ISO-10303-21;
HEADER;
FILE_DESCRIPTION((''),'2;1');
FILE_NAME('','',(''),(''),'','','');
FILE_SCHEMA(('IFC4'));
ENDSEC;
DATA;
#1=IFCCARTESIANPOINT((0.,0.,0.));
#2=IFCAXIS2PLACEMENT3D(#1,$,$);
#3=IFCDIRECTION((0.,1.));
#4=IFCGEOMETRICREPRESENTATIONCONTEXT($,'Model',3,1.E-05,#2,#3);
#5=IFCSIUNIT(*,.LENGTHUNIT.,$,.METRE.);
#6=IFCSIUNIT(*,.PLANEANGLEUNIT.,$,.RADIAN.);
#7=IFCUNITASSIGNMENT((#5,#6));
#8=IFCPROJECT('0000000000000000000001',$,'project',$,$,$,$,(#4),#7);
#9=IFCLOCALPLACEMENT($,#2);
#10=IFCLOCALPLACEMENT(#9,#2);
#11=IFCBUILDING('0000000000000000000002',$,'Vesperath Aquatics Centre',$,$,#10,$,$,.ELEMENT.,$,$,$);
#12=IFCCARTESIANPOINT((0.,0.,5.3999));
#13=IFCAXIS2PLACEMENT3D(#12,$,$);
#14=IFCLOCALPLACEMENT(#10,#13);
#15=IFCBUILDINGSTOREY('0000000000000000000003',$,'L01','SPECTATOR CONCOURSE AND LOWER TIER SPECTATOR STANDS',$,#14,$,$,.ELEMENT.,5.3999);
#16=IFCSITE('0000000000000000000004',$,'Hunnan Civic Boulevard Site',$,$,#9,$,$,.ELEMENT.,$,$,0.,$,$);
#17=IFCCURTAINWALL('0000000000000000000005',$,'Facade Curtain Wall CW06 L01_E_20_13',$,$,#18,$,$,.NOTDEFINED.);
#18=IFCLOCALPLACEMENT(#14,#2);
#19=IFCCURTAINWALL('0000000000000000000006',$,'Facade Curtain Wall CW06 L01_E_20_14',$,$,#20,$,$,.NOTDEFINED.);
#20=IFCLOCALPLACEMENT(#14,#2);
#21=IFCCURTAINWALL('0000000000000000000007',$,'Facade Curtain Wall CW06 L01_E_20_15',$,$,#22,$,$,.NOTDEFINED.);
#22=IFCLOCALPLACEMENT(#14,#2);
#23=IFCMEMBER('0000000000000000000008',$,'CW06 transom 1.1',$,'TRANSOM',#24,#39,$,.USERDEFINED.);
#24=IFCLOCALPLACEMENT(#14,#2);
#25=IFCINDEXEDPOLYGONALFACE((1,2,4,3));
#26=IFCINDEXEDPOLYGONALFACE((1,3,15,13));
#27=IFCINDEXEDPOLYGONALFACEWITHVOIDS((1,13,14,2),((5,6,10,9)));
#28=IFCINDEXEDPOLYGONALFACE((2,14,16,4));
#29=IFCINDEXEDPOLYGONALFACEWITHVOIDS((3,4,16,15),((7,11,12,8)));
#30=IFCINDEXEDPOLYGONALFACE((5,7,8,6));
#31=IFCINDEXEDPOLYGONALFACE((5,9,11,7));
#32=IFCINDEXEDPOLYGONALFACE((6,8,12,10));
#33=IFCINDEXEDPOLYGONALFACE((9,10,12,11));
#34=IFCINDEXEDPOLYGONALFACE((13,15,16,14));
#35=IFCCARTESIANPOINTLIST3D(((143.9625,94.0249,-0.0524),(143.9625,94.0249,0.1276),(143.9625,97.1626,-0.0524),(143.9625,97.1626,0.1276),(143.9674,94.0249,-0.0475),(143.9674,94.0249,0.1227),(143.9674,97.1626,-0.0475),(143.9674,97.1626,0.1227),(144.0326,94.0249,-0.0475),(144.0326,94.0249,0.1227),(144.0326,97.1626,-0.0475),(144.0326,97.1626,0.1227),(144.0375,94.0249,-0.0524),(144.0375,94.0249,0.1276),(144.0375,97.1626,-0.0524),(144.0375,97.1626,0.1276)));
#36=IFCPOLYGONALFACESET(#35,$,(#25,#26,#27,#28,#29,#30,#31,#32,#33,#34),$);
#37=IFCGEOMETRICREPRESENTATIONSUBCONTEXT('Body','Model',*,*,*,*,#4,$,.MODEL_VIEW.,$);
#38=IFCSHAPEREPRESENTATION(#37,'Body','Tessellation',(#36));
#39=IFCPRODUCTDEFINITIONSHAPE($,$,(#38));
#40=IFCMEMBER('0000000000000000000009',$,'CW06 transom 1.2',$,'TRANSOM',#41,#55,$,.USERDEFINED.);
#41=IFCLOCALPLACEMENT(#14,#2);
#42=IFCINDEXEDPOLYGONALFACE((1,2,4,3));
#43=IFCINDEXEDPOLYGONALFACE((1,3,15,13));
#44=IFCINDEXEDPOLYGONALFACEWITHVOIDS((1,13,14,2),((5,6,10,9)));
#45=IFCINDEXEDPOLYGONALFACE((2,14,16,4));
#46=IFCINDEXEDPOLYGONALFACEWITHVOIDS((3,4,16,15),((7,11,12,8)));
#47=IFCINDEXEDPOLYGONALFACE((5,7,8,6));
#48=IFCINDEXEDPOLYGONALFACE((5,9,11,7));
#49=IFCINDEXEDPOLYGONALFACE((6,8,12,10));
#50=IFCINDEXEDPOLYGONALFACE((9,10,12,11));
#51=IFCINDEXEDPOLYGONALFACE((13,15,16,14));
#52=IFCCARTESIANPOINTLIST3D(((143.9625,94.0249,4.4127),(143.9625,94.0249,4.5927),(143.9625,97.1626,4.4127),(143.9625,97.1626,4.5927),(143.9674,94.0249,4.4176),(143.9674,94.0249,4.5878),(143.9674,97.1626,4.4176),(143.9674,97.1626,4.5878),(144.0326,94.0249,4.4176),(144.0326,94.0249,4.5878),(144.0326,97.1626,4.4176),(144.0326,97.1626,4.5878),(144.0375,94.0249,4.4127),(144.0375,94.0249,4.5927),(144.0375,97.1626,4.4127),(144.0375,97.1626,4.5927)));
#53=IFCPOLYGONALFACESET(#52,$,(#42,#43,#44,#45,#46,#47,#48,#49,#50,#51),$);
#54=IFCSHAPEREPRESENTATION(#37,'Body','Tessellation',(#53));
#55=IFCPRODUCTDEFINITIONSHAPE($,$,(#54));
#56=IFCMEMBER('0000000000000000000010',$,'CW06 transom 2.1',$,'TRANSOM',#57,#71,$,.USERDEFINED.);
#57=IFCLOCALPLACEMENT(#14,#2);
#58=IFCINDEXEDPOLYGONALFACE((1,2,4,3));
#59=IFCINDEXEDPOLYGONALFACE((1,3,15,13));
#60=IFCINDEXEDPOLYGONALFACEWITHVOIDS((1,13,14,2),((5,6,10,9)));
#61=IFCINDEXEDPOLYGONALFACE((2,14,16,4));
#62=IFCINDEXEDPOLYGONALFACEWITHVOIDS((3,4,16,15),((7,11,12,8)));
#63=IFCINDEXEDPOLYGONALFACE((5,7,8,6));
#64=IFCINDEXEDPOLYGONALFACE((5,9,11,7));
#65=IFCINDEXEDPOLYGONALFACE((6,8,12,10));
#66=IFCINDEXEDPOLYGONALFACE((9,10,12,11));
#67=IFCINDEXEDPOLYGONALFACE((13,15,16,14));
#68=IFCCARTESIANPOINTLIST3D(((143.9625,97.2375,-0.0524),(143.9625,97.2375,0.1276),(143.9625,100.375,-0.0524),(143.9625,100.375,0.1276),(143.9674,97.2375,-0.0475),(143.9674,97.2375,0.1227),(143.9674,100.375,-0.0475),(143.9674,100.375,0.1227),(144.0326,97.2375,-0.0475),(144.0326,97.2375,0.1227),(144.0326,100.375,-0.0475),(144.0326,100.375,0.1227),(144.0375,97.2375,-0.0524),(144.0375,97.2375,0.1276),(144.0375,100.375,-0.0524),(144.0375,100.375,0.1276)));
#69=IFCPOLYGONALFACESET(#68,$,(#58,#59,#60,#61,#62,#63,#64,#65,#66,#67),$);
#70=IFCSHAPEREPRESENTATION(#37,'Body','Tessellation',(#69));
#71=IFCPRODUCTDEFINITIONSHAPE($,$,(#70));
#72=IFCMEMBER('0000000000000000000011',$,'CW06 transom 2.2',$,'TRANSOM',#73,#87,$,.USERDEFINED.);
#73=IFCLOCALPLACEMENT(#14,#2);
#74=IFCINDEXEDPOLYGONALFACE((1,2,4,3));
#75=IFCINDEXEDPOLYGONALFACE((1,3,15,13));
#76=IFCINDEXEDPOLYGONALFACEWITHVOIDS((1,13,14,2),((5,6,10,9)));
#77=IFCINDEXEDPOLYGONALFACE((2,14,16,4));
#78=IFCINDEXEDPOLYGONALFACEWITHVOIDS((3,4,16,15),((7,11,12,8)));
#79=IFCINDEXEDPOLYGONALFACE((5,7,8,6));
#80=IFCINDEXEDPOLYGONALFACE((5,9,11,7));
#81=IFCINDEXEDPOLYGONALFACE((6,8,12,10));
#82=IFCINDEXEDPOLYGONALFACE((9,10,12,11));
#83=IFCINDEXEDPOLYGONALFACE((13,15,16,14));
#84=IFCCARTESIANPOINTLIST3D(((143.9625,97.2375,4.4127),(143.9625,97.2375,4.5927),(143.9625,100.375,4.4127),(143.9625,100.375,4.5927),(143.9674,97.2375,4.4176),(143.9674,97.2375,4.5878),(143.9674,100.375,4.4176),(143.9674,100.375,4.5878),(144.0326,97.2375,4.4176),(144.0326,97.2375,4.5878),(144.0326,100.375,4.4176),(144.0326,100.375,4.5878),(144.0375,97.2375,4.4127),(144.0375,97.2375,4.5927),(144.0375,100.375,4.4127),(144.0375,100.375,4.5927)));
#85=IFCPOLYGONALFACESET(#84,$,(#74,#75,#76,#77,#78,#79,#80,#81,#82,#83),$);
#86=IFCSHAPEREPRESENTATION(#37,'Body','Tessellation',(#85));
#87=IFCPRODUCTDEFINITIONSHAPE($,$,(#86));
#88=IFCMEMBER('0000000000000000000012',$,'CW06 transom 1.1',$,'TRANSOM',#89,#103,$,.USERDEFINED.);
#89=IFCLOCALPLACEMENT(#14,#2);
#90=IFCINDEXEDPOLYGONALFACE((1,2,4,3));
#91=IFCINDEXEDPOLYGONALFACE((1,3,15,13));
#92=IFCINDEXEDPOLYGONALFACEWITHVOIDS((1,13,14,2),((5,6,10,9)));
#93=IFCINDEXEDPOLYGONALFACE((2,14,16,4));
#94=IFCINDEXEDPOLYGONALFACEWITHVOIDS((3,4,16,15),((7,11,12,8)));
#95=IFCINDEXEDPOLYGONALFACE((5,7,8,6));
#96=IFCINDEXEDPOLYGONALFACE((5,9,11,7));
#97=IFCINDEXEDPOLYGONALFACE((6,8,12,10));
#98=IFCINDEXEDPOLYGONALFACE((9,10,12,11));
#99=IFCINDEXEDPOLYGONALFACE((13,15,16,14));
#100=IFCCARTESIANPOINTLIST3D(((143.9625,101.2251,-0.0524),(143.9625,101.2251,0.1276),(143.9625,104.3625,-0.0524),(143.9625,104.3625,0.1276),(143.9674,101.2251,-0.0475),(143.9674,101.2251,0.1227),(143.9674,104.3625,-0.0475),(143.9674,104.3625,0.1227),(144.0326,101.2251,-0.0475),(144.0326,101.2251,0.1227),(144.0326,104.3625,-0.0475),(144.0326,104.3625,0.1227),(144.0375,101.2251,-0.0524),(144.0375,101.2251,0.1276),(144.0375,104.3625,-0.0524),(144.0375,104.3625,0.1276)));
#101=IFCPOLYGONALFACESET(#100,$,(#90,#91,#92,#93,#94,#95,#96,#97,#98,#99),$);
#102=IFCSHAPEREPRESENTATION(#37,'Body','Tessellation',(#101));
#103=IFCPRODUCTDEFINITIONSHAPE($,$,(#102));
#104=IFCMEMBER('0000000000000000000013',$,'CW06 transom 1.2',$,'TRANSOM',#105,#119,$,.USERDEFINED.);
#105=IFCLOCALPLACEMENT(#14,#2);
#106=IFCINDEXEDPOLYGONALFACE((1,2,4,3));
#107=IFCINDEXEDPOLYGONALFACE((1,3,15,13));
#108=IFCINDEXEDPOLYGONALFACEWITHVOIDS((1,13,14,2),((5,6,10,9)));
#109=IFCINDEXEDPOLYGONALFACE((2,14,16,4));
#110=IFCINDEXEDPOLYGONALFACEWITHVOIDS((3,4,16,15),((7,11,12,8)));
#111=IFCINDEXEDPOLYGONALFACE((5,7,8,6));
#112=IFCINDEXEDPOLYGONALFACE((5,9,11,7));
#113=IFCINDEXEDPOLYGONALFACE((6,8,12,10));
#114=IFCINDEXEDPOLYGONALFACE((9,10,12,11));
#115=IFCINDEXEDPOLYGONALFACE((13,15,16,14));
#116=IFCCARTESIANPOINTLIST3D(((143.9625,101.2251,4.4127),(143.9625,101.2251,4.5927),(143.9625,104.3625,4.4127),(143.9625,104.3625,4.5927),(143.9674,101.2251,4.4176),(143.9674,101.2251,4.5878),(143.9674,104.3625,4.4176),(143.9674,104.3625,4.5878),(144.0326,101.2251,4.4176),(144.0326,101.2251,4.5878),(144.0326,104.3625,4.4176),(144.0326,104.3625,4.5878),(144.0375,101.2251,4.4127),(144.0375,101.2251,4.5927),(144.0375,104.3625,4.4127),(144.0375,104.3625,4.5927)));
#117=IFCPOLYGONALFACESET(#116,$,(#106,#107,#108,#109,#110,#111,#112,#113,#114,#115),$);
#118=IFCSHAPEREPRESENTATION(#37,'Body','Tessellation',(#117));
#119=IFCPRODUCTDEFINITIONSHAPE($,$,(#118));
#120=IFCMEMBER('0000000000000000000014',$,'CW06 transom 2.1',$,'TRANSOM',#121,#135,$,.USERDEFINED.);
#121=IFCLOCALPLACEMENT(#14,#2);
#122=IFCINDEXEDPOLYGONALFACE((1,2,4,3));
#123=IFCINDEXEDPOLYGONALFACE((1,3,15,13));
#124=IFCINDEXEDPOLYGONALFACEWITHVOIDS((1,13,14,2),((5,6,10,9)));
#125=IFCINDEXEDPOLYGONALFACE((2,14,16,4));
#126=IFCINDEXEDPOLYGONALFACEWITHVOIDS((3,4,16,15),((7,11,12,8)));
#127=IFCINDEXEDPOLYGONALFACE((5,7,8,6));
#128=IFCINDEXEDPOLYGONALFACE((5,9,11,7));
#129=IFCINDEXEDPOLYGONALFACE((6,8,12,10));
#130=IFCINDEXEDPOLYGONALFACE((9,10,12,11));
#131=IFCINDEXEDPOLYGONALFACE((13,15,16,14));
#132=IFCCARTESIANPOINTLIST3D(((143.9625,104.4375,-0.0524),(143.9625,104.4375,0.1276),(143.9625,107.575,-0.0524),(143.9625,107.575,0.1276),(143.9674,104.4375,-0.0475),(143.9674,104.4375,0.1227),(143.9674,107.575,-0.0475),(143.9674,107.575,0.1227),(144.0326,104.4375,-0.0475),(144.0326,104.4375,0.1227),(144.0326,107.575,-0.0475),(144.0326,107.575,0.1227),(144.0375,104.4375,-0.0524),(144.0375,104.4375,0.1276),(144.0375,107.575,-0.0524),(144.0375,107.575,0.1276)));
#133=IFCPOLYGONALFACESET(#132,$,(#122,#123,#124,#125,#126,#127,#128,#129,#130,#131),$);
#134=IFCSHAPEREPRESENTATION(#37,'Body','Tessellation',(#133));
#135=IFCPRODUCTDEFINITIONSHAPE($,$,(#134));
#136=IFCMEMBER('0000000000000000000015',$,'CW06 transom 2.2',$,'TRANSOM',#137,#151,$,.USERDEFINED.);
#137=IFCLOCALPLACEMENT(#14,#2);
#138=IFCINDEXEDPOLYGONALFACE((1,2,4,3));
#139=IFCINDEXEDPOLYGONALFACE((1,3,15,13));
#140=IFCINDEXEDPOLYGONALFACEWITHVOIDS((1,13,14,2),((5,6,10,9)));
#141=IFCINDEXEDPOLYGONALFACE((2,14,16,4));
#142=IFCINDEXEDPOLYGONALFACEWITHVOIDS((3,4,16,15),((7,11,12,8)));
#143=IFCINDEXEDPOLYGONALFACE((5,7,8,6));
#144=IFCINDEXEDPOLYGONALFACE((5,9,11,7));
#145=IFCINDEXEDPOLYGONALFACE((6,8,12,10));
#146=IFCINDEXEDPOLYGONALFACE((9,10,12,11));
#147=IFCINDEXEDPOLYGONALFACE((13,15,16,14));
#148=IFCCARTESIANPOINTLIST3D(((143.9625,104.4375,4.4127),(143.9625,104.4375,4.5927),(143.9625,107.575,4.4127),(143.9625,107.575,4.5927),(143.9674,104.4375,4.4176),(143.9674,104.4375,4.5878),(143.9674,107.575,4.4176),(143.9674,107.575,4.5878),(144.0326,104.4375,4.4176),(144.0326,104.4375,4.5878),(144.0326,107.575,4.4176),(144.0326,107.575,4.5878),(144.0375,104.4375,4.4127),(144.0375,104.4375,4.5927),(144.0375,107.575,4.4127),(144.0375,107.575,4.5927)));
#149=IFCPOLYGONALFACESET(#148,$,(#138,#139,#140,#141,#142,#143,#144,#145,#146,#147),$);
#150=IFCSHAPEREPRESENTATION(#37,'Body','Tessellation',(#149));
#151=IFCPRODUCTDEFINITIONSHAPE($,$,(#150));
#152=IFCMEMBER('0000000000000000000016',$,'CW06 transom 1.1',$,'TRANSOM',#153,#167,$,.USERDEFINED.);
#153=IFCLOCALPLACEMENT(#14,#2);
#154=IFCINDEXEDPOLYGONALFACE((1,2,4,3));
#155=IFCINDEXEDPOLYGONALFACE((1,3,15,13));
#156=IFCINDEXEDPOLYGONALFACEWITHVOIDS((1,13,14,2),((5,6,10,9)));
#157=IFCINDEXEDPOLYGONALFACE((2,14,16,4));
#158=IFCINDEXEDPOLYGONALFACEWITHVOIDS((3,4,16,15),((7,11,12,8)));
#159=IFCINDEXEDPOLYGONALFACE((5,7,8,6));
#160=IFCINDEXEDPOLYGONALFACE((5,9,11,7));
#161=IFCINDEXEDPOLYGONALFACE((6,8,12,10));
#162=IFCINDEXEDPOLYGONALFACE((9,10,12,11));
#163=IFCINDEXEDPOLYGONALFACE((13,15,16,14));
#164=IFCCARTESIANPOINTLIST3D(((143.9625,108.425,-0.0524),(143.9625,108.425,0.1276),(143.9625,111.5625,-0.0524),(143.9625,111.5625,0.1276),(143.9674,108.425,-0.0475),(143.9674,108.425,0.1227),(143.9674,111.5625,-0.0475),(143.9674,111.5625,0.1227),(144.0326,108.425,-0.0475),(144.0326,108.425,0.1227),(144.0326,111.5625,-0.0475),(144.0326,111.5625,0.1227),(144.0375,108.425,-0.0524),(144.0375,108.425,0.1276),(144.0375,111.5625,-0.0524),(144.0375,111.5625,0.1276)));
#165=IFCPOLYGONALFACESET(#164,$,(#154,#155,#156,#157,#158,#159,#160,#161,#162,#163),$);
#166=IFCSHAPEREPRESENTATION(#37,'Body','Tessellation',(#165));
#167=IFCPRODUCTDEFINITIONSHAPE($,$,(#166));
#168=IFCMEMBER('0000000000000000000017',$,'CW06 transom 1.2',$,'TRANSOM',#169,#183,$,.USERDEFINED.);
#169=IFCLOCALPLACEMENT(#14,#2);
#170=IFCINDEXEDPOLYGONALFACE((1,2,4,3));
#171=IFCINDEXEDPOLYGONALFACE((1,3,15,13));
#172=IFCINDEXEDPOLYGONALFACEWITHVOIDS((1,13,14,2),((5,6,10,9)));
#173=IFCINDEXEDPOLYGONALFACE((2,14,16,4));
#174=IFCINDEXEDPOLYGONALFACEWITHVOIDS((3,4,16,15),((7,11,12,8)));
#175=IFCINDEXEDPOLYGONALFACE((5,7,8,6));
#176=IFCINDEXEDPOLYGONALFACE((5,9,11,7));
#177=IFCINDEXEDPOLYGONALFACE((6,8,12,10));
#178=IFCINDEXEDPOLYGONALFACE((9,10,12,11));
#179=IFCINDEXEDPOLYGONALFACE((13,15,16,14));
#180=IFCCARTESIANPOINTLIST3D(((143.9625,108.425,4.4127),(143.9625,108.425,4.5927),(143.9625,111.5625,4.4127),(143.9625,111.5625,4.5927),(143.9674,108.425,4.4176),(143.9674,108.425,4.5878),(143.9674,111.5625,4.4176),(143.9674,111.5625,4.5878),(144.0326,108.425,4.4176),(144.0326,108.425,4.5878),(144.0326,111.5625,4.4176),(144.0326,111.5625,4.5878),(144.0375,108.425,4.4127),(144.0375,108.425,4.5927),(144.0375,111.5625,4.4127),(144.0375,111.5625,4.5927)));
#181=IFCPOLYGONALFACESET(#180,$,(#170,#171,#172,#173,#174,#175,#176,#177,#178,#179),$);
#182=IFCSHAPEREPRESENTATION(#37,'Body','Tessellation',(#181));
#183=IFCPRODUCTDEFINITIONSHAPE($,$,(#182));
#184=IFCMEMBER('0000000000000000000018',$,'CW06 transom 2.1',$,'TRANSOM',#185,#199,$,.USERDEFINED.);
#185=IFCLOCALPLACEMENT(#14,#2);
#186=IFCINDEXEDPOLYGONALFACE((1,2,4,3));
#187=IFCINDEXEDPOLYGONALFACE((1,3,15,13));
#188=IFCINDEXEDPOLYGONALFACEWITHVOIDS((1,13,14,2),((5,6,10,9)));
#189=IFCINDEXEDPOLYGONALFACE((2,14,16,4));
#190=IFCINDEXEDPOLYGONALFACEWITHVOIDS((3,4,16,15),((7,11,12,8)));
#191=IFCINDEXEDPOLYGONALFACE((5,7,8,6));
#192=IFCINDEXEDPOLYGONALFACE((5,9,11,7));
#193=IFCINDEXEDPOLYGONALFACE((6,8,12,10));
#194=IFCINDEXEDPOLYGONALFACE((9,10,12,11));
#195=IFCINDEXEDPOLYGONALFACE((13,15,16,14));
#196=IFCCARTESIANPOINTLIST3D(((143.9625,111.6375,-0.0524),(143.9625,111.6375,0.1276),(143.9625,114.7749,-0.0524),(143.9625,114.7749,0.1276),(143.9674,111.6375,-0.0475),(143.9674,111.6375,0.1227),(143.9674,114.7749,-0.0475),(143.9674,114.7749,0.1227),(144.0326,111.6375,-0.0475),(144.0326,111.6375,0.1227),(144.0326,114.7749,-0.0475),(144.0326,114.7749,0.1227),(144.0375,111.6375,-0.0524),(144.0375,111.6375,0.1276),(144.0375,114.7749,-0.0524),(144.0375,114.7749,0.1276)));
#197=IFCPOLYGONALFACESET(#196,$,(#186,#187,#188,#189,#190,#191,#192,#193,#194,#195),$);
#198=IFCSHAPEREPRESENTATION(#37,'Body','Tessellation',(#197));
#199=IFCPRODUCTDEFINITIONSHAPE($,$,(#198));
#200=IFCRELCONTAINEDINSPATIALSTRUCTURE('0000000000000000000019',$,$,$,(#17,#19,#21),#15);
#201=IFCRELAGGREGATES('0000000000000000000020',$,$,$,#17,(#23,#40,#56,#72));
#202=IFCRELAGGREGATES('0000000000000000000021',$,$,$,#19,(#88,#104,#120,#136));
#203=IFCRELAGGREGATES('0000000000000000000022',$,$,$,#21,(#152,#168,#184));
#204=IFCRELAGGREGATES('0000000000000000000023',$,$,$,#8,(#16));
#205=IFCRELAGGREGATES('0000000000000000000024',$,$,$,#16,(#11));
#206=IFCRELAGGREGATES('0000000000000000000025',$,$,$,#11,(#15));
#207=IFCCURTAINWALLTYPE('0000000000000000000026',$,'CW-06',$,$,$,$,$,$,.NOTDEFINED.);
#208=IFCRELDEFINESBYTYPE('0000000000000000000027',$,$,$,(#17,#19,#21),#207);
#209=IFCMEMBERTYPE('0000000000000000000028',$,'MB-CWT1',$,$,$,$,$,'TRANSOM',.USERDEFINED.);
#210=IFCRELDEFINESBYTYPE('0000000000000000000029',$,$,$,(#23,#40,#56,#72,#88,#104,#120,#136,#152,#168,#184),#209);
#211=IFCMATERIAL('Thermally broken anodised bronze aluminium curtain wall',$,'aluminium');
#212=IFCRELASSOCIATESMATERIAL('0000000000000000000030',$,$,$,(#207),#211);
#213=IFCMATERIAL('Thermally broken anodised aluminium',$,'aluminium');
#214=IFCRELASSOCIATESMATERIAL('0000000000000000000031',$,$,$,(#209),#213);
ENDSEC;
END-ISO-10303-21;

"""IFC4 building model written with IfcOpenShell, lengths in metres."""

from ifc_helpers import new_model, si_unit, direction, frame, origin, origin_2d, place, context, subcontext, project, spatial, hollow_rectangle, extrude, material, material_profile, profile_set, type_object, element, aggregate, save


model = new_model("IFC4")

# Units and contexts
model_context = context("Model", 3, precision=1e-05, world=origin(), true_north=direction((0.0, 1.0)))
body_context = subcontext(model_context, "Body", "Model", "MODEL_VIEW")
ifc_project = project(units=[si_unit("LENGTHUNIT", "METRE"), si_unit("PLANEANGLEUNIT", "RADIAN")], contexts=[model_context])

# Site, building, storey
site_placement = place(None, origin())
site = spatial("IfcSite", under=ifc_project, at=site_placement, Name="Hunnan Civic Boulevard Site", CompositionType="ELEMENT", RefElevation=0.0)
building_placement = place(site_placement, origin())
building = spatial("IfcBuilding", under=site, at=building_placement, Name="Vesperath Aquatics Centre", CompositionType="ELEMENT")
storey_placement = place(building_placement, frame((0.0, 0.0, 5.3999)))
storey = spatial("IfcBuildingStorey", under=building, at=storey_placement, Name="L01", Description="SPECTATOR CONCOURSE AND LOWER TIER SPECTATOR STANDS", CompositionType="ELEMENT", Elevation=5.3999)

# Curtain walls
ifc_material_1 = material(Name="Thermally broken anodised bronze aluminium curtain wall", Category="aluminium")
curtain_wall_type = type_object("IfcCurtainWallType", Name="CW-06", PredefinedType="NOTDEFINED", material=ifc_material_1)
curtain_wall_1_placement = place(storey_placement, origin())
curtain_wall_1 = element("IfcCurtainWall", 1, at=curtain_wall_1_placement, inside=storey, type_object=curtain_wall_type, Name="Facade Curtain Wall CW06 L01_E_20_13", PredefinedType="NOTDEFINED")
ifc_material_2 = material(Name="Thermally broken anodised aluminium", Category="aluminium")
curtain_wall_2_placement = place(storey_placement, origin())
curtain_wall_2 = element("IfcCurtainWall", 2, at=curtain_wall_2_placement, inside=storey, type_object=curtain_wall_type, Name="Facade Curtain Wall CW06 L01_E_20_14", PredefinedType="NOTDEFINED")
curtain_wall_3_placement = place(storey_placement, origin())
curtain_wall_3 = element("IfcCurtainWall", 3, at=curtain_wall_3_placement, inside=storey, type_object=curtain_wall_type, Name="Facade Curtain Wall CW06 L01_E_20_15", PredefinedType="NOTDEFINED")

# Members
ifc_material_profile_1 = material_profile(ifc_material_2, hollow_rectangle(XDim=0.075, YDim=0.1799, WallThickness=0.0049, at=origin_2d()), Name="CWT 75x180x5")
ifc_profile_set_1 = profile_set([ifc_material_profile_1], Name="Thermally broken anodised aluminium")
member_type_1 = type_object("IfcMemberType", Name="MB-CWT1", ElementType="TRANSOM", PredefinedType="USERDEFINED", material=ifc_profile_set_1)
member_1_placement = place(storey_placement, frame((144.0, 94.0249, 0.0376), z_axis=(0.0, 1.0, 0.0), x_axis=(-1.0, 0.0, 0.0)))
member_1 = element("IfcMember", 4, at=member_1_placement, type_object=member_type_1, Name="CW06 transom 1.1", ObjectType="TRANSOM", PredefinedType="USERDEFINED", context=body_context, shape_type="SweptSolid", body=[
    extrude(hollow_rectangle(XDim=0.075, YDim=0.1799, WallThickness=0.0049, at=origin_2d()), origin(), (0.0, 0.0, 1.0), 3.1377),
])
member_2_placement = place(storey_placement, frame((144.0, 94.0249, 4.5027), z_axis=(0.0, 1.0, 0.0), x_axis=(-1.0, 0.0, 0.0)))
member_2 = element("IfcMember", 5, at=member_2_placement, type_object=member_type_1, Name="CW06 transom 1.2", ObjectType="TRANSOM", PredefinedType="USERDEFINED", context=body_context, shape_type="SweptSolid", body=[
    extrude(hollow_rectangle(XDim=0.075, YDim=0.1799, WallThickness=0.0049, at=origin_2d()), origin(), (0.0, 0.0, 1.0), 3.1377),
])
member_3_placement = place(storey_placement, frame((144.0, 97.2375, 0.0376), z_axis=(0.0, 1.0, 0.0), x_axis=(-1.0, 0.0, 0.0)))
member_3 = element("IfcMember", 6, at=member_3_placement, type_object=member_type_1, Name="CW06 transom 2.1", ObjectType="TRANSOM", PredefinedType="USERDEFINED", context=body_context, shape_type="SweptSolid", body=[
    extrude(hollow_rectangle(XDim=0.075, YDim=0.1799, WallThickness=0.0049, at=origin_2d()), origin(), (0.0, 0.0, 1.0), 3.1375),
])
member_4_placement = place(storey_placement, frame((144.0, 97.2375, 4.5027), z_axis=(0.0, 1.0, 0.0), x_axis=(-1.0, 0.0, 0.0)))
member_4 = element("IfcMember", 7, at=member_4_placement, type_object=member_type_1, Name="CW06 transom 2.2", ObjectType="TRANSOM", PredefinedType="USERDEFINED", context=body_context, shape_type="SweptSolid", body=[
    extrude(hollow_rectangle(XDim=0.075, YDim=0.1799, WallThickness=0.0049, at=origin_2d()), origin(), (0.0, 0.0, 1.0), 3.1375),
])
member_5_placement = place(storey_placement, frame((144.0, 101.2251, 0.0376), z_axis=(0.0, 1.0, 0.0), x_axis=(-1.0, 0.0, 0.0)))
member_5 = element("IfcMember", 8, at=member_5_placement, type_object=member_type_1, Name="CW06 transom 1.1", ObjectType="TRANSOM", PredefinedType="USERDEFINED", context=body_context, shape_type="SweptSolid", body=[
    extrude(hollow_rectangle(XDim=0.075, YDim=0.1799, WallThickness=0.0049, at=origin_2d()), origin(), (0.0, 0.0, 1.0), 3.1375),
])
member_6_placement = place(storey_placement, frame((144.0, 101.2251, 4.5027), z_axis=(0.0, 1.0, 0.0), x_axis=(-1.0, 0.0, 0.0)))
member_6 = element("IfcMember", 9, at=member_6_placement, type_object=member_type_1, Name="CW06 transom 1.2", ObjectType="TRANSOM", PredefinedType="USERDEFINED", context=body_context, shape_type="SweptSolid", body=[
    extrude(hollow_rectangle(XDim=0.075, YDim=0.1799, WallThickness=0.0049, at=origin_2d()), origin(), (0.0, 0.0, 1.0), 3.1375),
])
member_7_placement = place(storey_placement, frame((144.0, 104.4375, 0.0376), z_axis=(0.0, 1.0, 0.0), x_axis=(-1.0, 0.0, 0.0)))
member_7 = element("IfcMember", 10, at=member_7_placement, type_object=member_type_1, Name="CW06 transom 2.1", ObjectType="TRANSOM", PredefinedType="USERDEFINED", context=body_context, shape_type="SweptSolid", body=[
    extrude(hollow_rectangle(XDim=0.075, YDim=0.1799, WallThickness=0.0049, at=origin_2d()), origin(), (0.0, 0.0, 1.0), 3.1375),
])
member_8_placement = place(storey_placement, frame((144.0, 104.4375, 4.5027), z_axis=(0.0, 1.0, 0.0), x_axis=(-1.0, 0.0, 0.0)))
member_8 = element("IfcMember", 11, at=member_8_placement, type_object=member_type_1, Name="CW06 transom 2.2", ObjectType="TRANSOM", PredefinedType="USERDEFINED", context=body_context, shape_type="SweptSolid", body=[
    extrude(hollow_rectangle(XDim=0.075, YDim=0.1799, WallThickness=0.0049, at=origin_2d()), origin(), (0.0, 0.0, 1.0), 3.1375),
])
member_9_placement = place(storey_placement, frame((144.0, 108.425, 0.0376), z_axis=(0.0, 1.0, 0.0), x_axis=(-1.0, 0.0, 0.0)))
member_9 = element("IfcMember", 12, at=member_9_placement, type_object=member_type_1, Name="CW06 transom 1.1", ObjectType="TRANSOM", PredefinedType="USERDEFINED", context=body_context, shape_type="SweptSolid", body=[
    extrude(hollow_rectangle(XDim=0.075, YDim=0.1799, WallThickness=0.0049, at=origin_2d()), origin(), (0.0, 0.0, 1.0), 3.1375),
])
member_10_placement = place(storey_placement, frame((144.0, 108.425, 4.5027), z_axis=(0.0, 1.0, 0.0), x_axis=(-1.0, 0.0, 0.0)))
member_10 = element("IfcMember", 13, at=member_10_placement, type_object=member_type_1, Name="CW06 transom 1.2", ObjectType="TRANSOM", PredefinedType="USERDEFINED", context=body_context, shape_type="SweptSolid", body=[
    extrude(hollow_rectangle(XDim=0.075, YDim=0.1799, WallThickness=0.0049, at=origin_2d()), origin(), (0.0, 0.0, 1.0), 3.1375),
])
member_11_placement = place(storey_placement, frame((144.0, 111.6375, 0.0376), z_axis=(0.0, 1.0, 0.0), x_axis=(-1.0, 0.0, 0.0)))
member_11 = element("IfcMember", 14, at=member_11_placement, type_object=member_type_1, Name="CW06 transom 2.1", ObjectType="TRANSOM", PredefinedType="USERDEFINED", context=body_context, shape_type="SweptSolid", body=[
    extrude(hollow_rectangle(XDim=0.075, YDim=0.1799, WallThickness=0.0049, at=origin_2d()), origin(), (0.0, 0.0, 1.0), 3.1375),
])

aggregate(curtain_wall_1, [member_1, member_2, member_3, member_4])
aggregate(curtain_wall_2, [member_5, member_6, member_7, member_8])
aggregate(curtain_wall_3, [member_9, member_10, member_11])

save(model, "model.ifc")
